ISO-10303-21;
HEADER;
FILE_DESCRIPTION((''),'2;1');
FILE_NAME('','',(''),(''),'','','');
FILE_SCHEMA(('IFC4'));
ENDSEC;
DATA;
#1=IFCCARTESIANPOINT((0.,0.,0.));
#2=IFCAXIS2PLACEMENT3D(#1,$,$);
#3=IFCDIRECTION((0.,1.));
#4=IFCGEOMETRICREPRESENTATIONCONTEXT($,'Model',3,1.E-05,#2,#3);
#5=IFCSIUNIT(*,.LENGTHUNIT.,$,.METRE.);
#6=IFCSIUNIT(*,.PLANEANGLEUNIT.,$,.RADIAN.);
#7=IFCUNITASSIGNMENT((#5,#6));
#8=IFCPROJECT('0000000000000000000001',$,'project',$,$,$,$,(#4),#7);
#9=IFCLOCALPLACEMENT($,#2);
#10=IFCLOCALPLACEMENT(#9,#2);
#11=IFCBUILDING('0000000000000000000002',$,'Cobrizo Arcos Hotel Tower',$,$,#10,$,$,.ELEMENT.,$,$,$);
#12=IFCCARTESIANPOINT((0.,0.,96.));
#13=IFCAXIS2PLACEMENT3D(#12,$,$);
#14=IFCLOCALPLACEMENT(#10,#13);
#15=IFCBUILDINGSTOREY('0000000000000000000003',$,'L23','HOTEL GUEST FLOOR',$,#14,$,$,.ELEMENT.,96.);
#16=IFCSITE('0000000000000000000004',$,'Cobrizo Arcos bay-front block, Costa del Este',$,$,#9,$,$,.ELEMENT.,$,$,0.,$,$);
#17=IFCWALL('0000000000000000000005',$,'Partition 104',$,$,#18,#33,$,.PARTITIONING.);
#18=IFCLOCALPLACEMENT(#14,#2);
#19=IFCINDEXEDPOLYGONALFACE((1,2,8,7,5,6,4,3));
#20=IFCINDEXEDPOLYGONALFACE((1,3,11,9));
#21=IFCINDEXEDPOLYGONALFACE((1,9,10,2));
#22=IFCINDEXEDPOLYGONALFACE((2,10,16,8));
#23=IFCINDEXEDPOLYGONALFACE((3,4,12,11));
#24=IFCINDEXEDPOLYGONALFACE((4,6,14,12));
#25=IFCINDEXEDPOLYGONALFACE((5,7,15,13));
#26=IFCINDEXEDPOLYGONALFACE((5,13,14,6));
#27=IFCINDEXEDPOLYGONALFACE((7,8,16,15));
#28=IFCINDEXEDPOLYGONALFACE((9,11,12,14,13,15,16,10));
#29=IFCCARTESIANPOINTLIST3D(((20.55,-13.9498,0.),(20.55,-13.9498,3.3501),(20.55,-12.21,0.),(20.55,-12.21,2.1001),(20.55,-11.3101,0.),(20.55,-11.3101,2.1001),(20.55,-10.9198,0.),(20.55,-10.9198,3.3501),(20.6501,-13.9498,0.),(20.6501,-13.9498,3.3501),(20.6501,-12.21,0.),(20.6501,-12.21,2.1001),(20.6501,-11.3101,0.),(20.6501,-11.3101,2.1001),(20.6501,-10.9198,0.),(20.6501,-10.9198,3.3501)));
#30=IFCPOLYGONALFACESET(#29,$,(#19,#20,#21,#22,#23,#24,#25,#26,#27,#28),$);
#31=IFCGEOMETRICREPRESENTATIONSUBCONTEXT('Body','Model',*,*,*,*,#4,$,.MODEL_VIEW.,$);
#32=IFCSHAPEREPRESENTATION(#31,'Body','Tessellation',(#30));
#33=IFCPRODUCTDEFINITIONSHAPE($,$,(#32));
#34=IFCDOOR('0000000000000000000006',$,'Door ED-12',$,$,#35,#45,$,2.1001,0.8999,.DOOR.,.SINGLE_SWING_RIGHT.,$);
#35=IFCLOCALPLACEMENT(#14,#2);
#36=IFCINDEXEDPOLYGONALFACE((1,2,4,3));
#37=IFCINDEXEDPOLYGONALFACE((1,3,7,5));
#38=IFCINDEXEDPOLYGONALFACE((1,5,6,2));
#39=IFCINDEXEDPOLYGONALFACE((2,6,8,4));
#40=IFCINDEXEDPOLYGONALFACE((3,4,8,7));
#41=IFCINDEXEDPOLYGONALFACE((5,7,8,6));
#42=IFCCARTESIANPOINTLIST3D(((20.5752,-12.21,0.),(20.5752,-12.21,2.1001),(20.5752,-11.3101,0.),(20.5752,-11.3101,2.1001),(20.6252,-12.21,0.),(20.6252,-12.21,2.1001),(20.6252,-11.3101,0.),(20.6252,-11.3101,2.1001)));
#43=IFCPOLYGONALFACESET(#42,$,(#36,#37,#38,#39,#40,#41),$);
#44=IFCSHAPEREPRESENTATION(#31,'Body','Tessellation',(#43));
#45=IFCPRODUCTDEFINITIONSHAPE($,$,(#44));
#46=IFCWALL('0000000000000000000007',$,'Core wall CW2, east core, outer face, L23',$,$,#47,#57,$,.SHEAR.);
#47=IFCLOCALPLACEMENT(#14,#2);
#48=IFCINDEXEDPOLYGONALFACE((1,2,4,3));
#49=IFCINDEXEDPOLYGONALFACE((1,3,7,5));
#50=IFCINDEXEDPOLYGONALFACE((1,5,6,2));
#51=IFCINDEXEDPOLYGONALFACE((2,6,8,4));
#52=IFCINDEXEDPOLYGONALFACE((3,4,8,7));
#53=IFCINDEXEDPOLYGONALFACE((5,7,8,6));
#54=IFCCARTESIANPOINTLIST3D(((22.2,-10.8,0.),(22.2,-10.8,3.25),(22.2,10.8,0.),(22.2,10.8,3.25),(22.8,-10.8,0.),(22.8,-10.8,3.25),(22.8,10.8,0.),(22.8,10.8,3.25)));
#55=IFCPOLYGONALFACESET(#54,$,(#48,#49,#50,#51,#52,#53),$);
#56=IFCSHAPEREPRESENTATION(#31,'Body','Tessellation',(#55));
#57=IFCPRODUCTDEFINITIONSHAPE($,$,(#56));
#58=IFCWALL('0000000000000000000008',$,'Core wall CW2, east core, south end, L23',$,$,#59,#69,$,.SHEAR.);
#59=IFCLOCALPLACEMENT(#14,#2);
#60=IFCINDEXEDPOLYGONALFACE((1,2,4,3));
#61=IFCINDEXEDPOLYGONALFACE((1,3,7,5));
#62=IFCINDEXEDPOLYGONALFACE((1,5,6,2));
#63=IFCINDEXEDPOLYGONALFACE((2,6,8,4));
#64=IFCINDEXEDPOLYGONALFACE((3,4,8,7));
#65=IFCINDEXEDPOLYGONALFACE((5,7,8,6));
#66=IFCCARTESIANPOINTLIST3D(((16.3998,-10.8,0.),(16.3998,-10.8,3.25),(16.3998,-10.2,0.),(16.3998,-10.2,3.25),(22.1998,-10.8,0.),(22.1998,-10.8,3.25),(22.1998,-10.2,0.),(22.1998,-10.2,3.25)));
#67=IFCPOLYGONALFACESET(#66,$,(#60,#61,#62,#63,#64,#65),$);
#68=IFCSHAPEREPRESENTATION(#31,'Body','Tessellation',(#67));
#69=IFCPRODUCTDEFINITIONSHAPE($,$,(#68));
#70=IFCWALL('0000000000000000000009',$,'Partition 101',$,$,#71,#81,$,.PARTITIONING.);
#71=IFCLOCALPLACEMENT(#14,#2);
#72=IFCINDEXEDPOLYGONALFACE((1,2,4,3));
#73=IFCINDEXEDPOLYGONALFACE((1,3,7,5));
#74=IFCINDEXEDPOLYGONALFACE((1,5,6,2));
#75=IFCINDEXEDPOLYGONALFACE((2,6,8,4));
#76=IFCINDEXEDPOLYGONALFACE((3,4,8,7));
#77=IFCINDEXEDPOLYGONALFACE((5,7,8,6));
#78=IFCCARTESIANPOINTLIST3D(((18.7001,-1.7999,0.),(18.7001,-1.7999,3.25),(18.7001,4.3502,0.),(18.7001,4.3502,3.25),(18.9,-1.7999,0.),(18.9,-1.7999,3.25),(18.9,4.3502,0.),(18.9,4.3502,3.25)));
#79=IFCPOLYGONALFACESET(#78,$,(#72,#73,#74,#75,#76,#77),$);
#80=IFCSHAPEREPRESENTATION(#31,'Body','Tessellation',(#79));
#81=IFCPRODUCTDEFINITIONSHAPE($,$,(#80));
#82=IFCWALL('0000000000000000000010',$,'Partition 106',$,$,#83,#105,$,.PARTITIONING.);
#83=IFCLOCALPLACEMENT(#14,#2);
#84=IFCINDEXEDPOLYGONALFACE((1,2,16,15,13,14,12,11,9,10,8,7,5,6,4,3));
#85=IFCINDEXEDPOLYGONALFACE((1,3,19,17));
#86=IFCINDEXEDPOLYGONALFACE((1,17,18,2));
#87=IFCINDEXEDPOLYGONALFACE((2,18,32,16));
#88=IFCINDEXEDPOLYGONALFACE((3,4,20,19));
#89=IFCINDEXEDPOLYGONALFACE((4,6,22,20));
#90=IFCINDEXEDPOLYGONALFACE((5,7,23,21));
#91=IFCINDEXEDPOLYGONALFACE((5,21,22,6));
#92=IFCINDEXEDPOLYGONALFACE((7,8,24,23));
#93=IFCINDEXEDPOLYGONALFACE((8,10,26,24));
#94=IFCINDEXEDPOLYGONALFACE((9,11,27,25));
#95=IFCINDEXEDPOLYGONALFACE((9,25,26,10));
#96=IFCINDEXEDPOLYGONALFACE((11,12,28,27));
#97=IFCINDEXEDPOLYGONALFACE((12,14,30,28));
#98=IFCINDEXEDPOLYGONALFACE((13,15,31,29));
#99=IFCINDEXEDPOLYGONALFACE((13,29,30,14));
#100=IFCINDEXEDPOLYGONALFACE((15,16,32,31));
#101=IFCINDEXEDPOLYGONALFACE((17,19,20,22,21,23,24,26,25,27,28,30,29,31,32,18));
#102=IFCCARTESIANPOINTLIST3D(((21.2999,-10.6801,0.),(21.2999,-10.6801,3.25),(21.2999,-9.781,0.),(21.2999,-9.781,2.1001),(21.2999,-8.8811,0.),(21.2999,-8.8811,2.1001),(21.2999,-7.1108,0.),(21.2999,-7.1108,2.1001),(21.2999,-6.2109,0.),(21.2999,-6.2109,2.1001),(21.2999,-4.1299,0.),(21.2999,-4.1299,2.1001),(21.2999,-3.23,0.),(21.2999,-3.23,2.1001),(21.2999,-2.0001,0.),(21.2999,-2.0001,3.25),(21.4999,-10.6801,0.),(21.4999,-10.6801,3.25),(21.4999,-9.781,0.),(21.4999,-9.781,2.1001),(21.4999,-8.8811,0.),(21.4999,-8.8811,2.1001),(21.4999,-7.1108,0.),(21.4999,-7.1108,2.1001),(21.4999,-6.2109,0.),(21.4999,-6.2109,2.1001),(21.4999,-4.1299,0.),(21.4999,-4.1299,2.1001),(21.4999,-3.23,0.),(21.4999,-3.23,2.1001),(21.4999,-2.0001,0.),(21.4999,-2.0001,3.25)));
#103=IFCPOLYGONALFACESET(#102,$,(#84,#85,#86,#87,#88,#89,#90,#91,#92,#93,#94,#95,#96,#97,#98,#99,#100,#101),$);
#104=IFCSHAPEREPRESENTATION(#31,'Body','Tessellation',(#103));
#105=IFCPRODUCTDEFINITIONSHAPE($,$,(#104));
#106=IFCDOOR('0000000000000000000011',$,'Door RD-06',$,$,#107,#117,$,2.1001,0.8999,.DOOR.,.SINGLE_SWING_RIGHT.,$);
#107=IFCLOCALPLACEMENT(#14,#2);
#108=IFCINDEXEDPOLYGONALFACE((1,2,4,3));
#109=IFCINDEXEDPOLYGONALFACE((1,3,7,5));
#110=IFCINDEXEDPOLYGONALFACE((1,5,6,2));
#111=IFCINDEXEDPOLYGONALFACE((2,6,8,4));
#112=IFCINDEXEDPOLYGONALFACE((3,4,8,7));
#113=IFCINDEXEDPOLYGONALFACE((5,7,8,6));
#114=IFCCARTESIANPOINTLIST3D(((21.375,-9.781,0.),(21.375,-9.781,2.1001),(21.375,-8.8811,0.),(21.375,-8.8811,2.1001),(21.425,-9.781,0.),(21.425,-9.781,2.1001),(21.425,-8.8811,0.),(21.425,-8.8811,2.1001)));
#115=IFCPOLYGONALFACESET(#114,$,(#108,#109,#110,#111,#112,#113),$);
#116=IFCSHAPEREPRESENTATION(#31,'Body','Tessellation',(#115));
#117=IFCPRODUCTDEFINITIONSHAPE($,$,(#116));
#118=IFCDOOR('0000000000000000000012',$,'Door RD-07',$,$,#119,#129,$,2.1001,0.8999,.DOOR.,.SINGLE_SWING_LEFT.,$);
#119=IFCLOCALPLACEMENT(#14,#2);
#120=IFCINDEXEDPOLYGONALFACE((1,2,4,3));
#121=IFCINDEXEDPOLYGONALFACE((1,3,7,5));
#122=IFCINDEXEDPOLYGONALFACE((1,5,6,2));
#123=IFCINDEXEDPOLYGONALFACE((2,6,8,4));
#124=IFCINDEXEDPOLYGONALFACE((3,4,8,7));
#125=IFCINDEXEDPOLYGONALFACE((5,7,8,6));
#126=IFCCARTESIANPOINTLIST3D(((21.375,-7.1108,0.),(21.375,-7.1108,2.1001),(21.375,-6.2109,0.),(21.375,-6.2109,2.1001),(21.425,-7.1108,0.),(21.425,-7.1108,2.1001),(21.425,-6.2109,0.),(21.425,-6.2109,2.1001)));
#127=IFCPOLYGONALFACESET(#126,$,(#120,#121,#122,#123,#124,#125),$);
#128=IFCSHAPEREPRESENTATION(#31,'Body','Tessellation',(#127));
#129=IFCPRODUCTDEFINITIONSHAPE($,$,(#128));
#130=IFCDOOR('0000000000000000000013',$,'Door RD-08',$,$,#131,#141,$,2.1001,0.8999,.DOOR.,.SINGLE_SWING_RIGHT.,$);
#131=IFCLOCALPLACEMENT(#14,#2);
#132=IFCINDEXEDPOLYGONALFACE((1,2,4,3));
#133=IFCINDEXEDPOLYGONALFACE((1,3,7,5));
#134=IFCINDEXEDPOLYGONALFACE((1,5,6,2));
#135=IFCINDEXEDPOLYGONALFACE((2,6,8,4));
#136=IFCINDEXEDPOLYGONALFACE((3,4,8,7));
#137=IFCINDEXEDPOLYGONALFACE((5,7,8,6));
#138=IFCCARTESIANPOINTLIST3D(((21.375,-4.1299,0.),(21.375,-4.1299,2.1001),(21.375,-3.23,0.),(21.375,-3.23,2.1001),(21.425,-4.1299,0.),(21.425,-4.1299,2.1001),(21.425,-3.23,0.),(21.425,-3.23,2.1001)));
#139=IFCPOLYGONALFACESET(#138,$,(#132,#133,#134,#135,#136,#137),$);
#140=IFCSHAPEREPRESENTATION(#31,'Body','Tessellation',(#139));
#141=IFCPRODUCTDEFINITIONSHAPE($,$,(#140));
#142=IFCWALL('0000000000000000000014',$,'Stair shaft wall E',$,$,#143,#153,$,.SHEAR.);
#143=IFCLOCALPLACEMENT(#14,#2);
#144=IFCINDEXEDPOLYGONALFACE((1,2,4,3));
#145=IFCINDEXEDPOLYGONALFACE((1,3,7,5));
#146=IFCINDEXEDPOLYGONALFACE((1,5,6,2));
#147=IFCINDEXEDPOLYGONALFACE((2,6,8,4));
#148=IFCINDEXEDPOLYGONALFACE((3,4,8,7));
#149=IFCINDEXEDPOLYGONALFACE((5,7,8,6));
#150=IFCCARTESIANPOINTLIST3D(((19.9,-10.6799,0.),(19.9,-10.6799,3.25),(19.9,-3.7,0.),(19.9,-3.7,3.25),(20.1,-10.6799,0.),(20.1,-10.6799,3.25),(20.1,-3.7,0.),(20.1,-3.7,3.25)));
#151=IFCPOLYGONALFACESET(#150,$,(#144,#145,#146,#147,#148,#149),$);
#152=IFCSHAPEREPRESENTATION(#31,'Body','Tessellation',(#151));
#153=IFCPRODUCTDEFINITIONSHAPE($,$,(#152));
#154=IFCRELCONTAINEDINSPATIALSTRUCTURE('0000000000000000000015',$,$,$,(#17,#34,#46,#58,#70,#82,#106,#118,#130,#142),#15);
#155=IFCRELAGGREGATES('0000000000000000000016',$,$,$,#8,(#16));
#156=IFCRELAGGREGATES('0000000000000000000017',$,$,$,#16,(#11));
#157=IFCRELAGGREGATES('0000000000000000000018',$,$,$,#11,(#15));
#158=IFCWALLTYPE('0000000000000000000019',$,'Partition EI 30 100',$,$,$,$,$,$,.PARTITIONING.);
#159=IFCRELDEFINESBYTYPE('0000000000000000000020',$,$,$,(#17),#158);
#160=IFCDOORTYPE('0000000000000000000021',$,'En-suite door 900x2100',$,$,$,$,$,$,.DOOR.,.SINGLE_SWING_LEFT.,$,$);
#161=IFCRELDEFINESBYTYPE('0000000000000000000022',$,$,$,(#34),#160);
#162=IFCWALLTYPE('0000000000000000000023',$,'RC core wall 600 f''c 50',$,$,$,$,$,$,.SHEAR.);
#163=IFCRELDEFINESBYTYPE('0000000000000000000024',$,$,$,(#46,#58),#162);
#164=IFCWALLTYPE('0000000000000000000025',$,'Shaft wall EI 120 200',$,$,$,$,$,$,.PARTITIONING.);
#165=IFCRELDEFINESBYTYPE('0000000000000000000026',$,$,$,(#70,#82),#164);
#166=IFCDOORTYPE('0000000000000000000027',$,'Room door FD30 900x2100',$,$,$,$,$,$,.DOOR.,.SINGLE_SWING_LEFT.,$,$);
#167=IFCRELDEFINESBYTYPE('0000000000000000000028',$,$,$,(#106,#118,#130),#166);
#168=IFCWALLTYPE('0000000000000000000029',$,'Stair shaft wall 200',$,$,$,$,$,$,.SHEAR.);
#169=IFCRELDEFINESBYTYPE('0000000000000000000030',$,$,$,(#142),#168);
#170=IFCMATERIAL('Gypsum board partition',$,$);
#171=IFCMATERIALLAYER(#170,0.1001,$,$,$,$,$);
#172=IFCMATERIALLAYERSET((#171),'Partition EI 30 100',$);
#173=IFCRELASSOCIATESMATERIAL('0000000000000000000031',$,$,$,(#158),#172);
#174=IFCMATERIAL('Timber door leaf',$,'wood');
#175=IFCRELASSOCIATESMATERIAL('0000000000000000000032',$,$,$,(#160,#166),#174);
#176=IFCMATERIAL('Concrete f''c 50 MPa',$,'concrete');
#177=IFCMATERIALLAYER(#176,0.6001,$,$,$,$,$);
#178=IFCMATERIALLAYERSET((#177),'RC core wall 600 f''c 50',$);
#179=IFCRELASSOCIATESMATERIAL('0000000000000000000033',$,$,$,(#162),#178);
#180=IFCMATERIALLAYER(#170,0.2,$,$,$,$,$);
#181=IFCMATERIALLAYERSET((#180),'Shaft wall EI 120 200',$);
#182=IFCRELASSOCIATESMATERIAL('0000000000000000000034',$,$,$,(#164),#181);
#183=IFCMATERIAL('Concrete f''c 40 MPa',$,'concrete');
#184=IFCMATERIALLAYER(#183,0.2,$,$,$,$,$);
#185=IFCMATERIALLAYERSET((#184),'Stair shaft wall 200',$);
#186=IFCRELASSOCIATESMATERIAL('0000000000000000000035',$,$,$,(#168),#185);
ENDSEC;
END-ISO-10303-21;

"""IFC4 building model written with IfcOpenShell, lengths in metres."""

from ifc_helpers import new_model, si_unit, direction, frame, frame_2d, origin, place, context, subcontext, project, spatial, rectangle, extrude, material, layer, layer_set, type_object, element, fill, save


model = new_model("IFC4")

# Units and contexts
model_context = context("Model", 3, precision=1e-05, world=origin(), true_north=direction((0.0, 1.0)))
body_context = subcontext(model_context, "Body", "Model", "MODEL_VIEW")
ifc_project = project(units=[si_unit("LENGTHUNIT", "METRE"), si_unit("PLANEANGLEUNIT", "RADIAN")], contexts=[model_context])

# Site, building, storey
site_placement = place(None, origin())
site = spatial("IfcSite", under=ifc_project, at=site_placement, Name="Cobrizo Arcos bay-front block, Costa del Este", CompositionType="ELEMENT", RefElevation=0.0)
building_placement = place(site_placement, origin())
building = spatial("IfcBuilding", under=site, at=building_placement, Name="Cobrizo Arcos Hotel Tower", CompositionType="ELEMENT")
storey_placement = place(building_placement, frame((0.0, 0.0, 96.0)))
storey = spatial("IfcBuildingStorey", under=building, at=storey_placement, Name="L23", Description="HOTEL GUEST FLOOR", CompositionType="ELEMENT", Elevation=96.0)

# Shared definitions
ifc_material_1 = material(Name="Gypsum board partition")
ifc_layer_1 = layer(ifc_material_1, 0.1001)
ifc_layer_set_1 = layer_set([ifc_layer_1], Name="Partition EI 30 100")
wall_type_1 = type_object("IfcWallType", Name="Partition EI 30 100", PredefinedType="PARTITIONING", material=ifc_layer_set_1)

# Wall, opening, door
wall_1_placement = place(storey_placement, frame((20.6001, -13.95, 0.0), z_axis=(0.0, 0.0, 1.0), x_axis=(0.0, 1.0, 0.0)))
wall_1 = element("IfcWall", 1, at=wall_1_placement, inside=storey, type_object=wall_type_1, Name="Partition 104", PredefinedType="PARTITIONING", context=body_context, shape_type="SweptSolid", body=[
    extrude(rectangle(XDim=3.03, YDim=0.1001, at=frame_2d((1.5151, 0.0))), origin(), (0.0, 0.0, 1.0), 3.3501),
])
opening_1_placement = place(wall_1_placement, frame((1.74, 0.0, 0.0)))
opening_1 = element("IfcOpeningElement", 2, at=opening_1_placement, cuts=wall_1, PredefinedType="OPENING", context=body_context, shape_type="SweptSolid", body=[
    extrude(rectangle(XDim=0.8999, YDim=2.1001, at=frame_2d((0.45, 1.05))), frame((0.0, 0.062, 0.0), z_axis=(0.0, -1.0, 0.0), x_axis=(1.0, 0.0, 0.0)), (0.0, 0.0, 1.0), 0.124),
])
ifc_material_2 = material(Name="Timber door leaf", Category="wood")
door_type_1 = type_object("IfcDoorType", Name="En-suite door 900x2100", OperationType="SINGLE_SWING_LEFT", PredefinedType="DOOR", material=ifc_material_2)
door_1_placement = place(opening_1_placement, origin())
door_1 = element("IfcDoor", 3, at=door_1_placement, inside=storey, type_object=door_type_1, Name="Door ED-12", OperationType="SINGLE_SWING_RIGHT", OverallHeight=2.1001, OverallWidth=0.8999, PredefinedType="DOOR", context=body_context, shape_type="SweptSolid", body=[
    extrude(rectangle(XDim=0.8999, YDim=2.1001, at=frame_2d((0.45, 1.05))), frame((0.0, 0.0249, 0.0), z_axis=(0.0, -1.0, 0.0), x_axis=(1.0, 0.0, 0.0)), (0.0, 0.0, 1.0), 0.05),
])
fill(opening_1, door_1)

# Walls
ifc_material_3 = material(Name="Concrete f'c 50 MPa", Category="concrete")
ifc_layer_2 = layer(ifc_material_3, 0.6001)
ifc_layer_set_2 = layer_set([ifc_layer_2], Name="RC core wall 600 f'c 50")
wall_type_2 = type_object("IfcWallType", Name="RC core wall 600 f'c 50", PredefinedType="SHEAR", material=ifc_layer_set_2)
wall_2_placement = place(storey_placement, frame((22.5, -10.8, 0.0), z_axis=(0.0, 0.0, 1.0), x_axis=(0.0, 1.0, 0.0)))
element("IfcWall", 4, at=wall_2_placement, inside=storey, type_object=wall_type_2, Name="Core wall CW2, east core, outer face, L23", PredefinedType="SHEAR", context=body_context, shape_type="SweptSolid", body=[
    extrude(rectangle(XDim=21.6001, YDim=0.6001, at=frame_2d((10.8, 0.0))), origin(), (0.0, 0.0, 1.0), 3.25),
])
wall_3_placement = place(storey_placement, frame((16.3999, -10.5, 0.0), z_axis=(0.0, 0.0, 1.0), x_axis=(1.0, 0.0, 0.0)))
element("IfcWall", 5, at=wall_3_placement, inside=storey, type_object=wall_type_2, Name="Core wall CW2, east core, south end, L23", PredefinedType="SHEAR", context=body_context, shape_type="SweptSolid", body=[
    extrude(rectangle(XDim=5.8, YDim=0.6001, at=frame_2d((2.8999, 0.0))), origin(), (0.0, 0.0, 1.0), 3.25),
])
ifc_layer_3 = layer(ifc_material_1, 0.2)
ifc_layer_set_3 = layer_set([ifc_layer_3], Name="Shaft wall EI 120 200")
wall_type_3 = type_object("IfcWallType", Name="Shaft wall EI 120 200", PredefinedType="PARTITIONING", material=ifc_layer_set_3)
wall_4_placement = place(storey_placement, frame((18.8, -1.8, 0.0), z_axis=(0.0, 0.0, 1.0), x_axis=(0.0, 1.0, 0.0)))
element("IfcWall", 6, at=wall_4_placement, inside=storey, type_object=wall_type_3, Name="Partition 101", PredefinedType="PARTITIONING", context=body_context, shape_type="SweptSolid", body=[
    extrude(rectangle(XDim=6.1501, YDim=0.2, at=frame_2d((3.0752, 0.0))), origin(), (0.0, 0.0, 1.0), 3.25),
])

# Wall, openings, doors
wall_5_placement = place(storey_placement, frame((21.3999, -10.6799, 0.0), z_axis=(0.0, 0.0, 1.0), x_axis=(0.0, 1.0, 0.0)))
wall_5 = element("IfcWall", 7, at=wall_5_placement, inside=storey, type_object=wall_type_3, Name="Partition 106", PredefinedType="PARTITIONING", context=body_context, shape_type="SweptSolid", body=[
    extrude(rectangle(XDim=8.6799, YDim=0.2, at=frame_2d((4.3398, 0.0))), origin(), (0.0, 0.0, 1.0), 3.25),
])
opening_2_placement = place(wall_5_placement, frame((0.8989, 0.0, 0.0)))
opening_2 = element("IfcOpeningElement", 8, at=opening_2_placement, cuts=wall_5, PredefinedType="OPENING", context=body_context, shape_type="SweptSolid", body=[
    extrude(rectangle(XDim=0.8999, YDim=2.1001, at=frame_2d((0.45, 1.05))), frame((0.0, 0.1121, 0.0), z_axis=(0.0, -1.0, 0.0), x_axis=(1.0, 0.0, 0.0)), (0.0, 0.0, 1.0), 0.2239),
])
opening_3_placement = place(wall_5_placement, frame((3.5691, 0.0, 0.0)))
opening_3 = element("IfcOpeningElement", 9, at=opening_3_placement, cuts=wall_5, PredefinedType="OPENING", context=body_context, shape_type="SweptSolid", body=[
    extrude(rectangle(XDim=0.8999, YDim=2.1001, at=frame_2d((0.45, 1.05))), frame((0.0, 0.1121, 0.0), z_axis=(0.0, -1.0, 0.0), x_axis=(1.0, 0.0, 0.0)), (0.0, 0.0, 1.0), 0.2239),
])
opening_4_placement = place(wall_5_placement, frame((6.55, 0.0, 0.0)))
opening_4 = element("IfcOpeningElement", 10, at=opening_4_placement, cuts=wall_5, PredefinedType="OPENING", context=body_context, shape_type="SweptSolid", body=[
    extrude(rectangle(XDim=0.8999, YDim=2.1001, at=frame_2d((0.45, 1.05))), frame((0.0, 0.1121, 0.0), z_axis=(0.0, -1.0, 0.0), x_axis=(1.0, 0.0, 0.0)), (0.0, 0.0, 1.0), 0.2239),
])
door_type_2 = type_object("IfcDoorType", Name="Room door FD30 900x2100", OperationType="SINGLE_SWING_LEFT", PredefinedType="DOOR", material=ifc_material_2)
door_2_placement = place(opening_2_placement, origin())
door_2 = element("IfcDoor", 11, at=door_2_placement, inside=storey, type_object=door_type_2, Name="Door RD-06", OperationType="SINGLE_SWING_RIGHT", OverallHeight=2.1001, OverallWidth=0.8999, PredefinedType="DOOR", context=body_context, shape_type="SweptSolid", body=[
    extrude(rectangle(XDim=0.8999, YDim=2.1001, at=frame_2d((0.45, 1.05))), frame((0.0, 0.0249, 0.0), z_axis=(0.0, -1.0, 0.0), x_axis=(1.0, 0.0, 0.0)), (0.0, 0.0, 1.0), 0.05),
])
fill(opening_2, door_2)
door_3_placement = place(opening_3_placement, origin())
door_3 = element("IfcDoor", 12, at=door_3_placement, inside=storey, type_object=door_type_2, Name="Door RD-07", OperationType="SINGLE_SWING_LEFT", OverallHeight=2.1001, OverallWidth=0.8999, PredefinedType="DOOR", context=body_context, shape_type="SweptSolid", body=[
    extrude(rectangle(XDim=0.8999, YDim=2.1001, at=frame_2d((0.45, 1.05))), frame((0.0, 0.0249, 0.0), z_axis=(0.0, -1.0, 0.0), x_axis=(1.0, 0.0, 0.0)), (0.0, 0.0, 1.0), 0.05),
])
fill(opening_3, door_3)
door_4_placement = place(opening_4_placement, origin())
door_4 = element("IfcDoor", 13, at=door_4_placement, inside=storey, type_object=door_type_2, Name="Door RD-08", OperationType="SINGLE_SWING_RIGHT", OverallHeight=2.1001, OverallWidth=0.8999, PredefinedType="DOOR", context=body_context, shape_type="SweptSolid", body=[
    extrude(rectangle(XDim=0.8999, YDim=2.1001, at=frame_2d((0.45, 1.05))), frame((0.0, 0.0249, 0.0), z_axis=(0.0, -1.0, 0.0), x_axis=(1.0, 0.0, 0.0)), (0.0, 0.0, 1.0), 0.05),
])
fill(opening_4, door_4)

# Wall
ifc_material_4 = material(Name="Concrete f'c 40 MPa", Category="concrete")
ifc_layer_4 = layer(ifc_material_4, 0.2)
ifc_layer_set_4 = layer_set([ifc_layer_4], Name="Stair shaft wall 200")
wall_type_4 = type_object("IfcWallType", Name="Stair shaft wall 200", PredefinedType="SHEAR", material=ifc_layer_set_4)
wall_6_placement = place(storey_placement, frame((20.0, -10.6799, 0.0), z_axis=(0.0, 0.0, 1.0), x_axis=(0.0, 1.0, 0.0)))
element("IfcWall", 14, at=wall_6_placement, inside=storey, type_object=wall_type_4, Name="Stair shaft wall E", PredefinedType="SHEAR", context=body_context, shape_type="SweptSolid", body=[
    extrude(rectangle(XDim=6.98, YDim=0.2, at=frame_2d((3.49, 0.0))), origin(), (0.0, 0.0, 1.0), 3.25),
])

save(model, "model.ifc")
